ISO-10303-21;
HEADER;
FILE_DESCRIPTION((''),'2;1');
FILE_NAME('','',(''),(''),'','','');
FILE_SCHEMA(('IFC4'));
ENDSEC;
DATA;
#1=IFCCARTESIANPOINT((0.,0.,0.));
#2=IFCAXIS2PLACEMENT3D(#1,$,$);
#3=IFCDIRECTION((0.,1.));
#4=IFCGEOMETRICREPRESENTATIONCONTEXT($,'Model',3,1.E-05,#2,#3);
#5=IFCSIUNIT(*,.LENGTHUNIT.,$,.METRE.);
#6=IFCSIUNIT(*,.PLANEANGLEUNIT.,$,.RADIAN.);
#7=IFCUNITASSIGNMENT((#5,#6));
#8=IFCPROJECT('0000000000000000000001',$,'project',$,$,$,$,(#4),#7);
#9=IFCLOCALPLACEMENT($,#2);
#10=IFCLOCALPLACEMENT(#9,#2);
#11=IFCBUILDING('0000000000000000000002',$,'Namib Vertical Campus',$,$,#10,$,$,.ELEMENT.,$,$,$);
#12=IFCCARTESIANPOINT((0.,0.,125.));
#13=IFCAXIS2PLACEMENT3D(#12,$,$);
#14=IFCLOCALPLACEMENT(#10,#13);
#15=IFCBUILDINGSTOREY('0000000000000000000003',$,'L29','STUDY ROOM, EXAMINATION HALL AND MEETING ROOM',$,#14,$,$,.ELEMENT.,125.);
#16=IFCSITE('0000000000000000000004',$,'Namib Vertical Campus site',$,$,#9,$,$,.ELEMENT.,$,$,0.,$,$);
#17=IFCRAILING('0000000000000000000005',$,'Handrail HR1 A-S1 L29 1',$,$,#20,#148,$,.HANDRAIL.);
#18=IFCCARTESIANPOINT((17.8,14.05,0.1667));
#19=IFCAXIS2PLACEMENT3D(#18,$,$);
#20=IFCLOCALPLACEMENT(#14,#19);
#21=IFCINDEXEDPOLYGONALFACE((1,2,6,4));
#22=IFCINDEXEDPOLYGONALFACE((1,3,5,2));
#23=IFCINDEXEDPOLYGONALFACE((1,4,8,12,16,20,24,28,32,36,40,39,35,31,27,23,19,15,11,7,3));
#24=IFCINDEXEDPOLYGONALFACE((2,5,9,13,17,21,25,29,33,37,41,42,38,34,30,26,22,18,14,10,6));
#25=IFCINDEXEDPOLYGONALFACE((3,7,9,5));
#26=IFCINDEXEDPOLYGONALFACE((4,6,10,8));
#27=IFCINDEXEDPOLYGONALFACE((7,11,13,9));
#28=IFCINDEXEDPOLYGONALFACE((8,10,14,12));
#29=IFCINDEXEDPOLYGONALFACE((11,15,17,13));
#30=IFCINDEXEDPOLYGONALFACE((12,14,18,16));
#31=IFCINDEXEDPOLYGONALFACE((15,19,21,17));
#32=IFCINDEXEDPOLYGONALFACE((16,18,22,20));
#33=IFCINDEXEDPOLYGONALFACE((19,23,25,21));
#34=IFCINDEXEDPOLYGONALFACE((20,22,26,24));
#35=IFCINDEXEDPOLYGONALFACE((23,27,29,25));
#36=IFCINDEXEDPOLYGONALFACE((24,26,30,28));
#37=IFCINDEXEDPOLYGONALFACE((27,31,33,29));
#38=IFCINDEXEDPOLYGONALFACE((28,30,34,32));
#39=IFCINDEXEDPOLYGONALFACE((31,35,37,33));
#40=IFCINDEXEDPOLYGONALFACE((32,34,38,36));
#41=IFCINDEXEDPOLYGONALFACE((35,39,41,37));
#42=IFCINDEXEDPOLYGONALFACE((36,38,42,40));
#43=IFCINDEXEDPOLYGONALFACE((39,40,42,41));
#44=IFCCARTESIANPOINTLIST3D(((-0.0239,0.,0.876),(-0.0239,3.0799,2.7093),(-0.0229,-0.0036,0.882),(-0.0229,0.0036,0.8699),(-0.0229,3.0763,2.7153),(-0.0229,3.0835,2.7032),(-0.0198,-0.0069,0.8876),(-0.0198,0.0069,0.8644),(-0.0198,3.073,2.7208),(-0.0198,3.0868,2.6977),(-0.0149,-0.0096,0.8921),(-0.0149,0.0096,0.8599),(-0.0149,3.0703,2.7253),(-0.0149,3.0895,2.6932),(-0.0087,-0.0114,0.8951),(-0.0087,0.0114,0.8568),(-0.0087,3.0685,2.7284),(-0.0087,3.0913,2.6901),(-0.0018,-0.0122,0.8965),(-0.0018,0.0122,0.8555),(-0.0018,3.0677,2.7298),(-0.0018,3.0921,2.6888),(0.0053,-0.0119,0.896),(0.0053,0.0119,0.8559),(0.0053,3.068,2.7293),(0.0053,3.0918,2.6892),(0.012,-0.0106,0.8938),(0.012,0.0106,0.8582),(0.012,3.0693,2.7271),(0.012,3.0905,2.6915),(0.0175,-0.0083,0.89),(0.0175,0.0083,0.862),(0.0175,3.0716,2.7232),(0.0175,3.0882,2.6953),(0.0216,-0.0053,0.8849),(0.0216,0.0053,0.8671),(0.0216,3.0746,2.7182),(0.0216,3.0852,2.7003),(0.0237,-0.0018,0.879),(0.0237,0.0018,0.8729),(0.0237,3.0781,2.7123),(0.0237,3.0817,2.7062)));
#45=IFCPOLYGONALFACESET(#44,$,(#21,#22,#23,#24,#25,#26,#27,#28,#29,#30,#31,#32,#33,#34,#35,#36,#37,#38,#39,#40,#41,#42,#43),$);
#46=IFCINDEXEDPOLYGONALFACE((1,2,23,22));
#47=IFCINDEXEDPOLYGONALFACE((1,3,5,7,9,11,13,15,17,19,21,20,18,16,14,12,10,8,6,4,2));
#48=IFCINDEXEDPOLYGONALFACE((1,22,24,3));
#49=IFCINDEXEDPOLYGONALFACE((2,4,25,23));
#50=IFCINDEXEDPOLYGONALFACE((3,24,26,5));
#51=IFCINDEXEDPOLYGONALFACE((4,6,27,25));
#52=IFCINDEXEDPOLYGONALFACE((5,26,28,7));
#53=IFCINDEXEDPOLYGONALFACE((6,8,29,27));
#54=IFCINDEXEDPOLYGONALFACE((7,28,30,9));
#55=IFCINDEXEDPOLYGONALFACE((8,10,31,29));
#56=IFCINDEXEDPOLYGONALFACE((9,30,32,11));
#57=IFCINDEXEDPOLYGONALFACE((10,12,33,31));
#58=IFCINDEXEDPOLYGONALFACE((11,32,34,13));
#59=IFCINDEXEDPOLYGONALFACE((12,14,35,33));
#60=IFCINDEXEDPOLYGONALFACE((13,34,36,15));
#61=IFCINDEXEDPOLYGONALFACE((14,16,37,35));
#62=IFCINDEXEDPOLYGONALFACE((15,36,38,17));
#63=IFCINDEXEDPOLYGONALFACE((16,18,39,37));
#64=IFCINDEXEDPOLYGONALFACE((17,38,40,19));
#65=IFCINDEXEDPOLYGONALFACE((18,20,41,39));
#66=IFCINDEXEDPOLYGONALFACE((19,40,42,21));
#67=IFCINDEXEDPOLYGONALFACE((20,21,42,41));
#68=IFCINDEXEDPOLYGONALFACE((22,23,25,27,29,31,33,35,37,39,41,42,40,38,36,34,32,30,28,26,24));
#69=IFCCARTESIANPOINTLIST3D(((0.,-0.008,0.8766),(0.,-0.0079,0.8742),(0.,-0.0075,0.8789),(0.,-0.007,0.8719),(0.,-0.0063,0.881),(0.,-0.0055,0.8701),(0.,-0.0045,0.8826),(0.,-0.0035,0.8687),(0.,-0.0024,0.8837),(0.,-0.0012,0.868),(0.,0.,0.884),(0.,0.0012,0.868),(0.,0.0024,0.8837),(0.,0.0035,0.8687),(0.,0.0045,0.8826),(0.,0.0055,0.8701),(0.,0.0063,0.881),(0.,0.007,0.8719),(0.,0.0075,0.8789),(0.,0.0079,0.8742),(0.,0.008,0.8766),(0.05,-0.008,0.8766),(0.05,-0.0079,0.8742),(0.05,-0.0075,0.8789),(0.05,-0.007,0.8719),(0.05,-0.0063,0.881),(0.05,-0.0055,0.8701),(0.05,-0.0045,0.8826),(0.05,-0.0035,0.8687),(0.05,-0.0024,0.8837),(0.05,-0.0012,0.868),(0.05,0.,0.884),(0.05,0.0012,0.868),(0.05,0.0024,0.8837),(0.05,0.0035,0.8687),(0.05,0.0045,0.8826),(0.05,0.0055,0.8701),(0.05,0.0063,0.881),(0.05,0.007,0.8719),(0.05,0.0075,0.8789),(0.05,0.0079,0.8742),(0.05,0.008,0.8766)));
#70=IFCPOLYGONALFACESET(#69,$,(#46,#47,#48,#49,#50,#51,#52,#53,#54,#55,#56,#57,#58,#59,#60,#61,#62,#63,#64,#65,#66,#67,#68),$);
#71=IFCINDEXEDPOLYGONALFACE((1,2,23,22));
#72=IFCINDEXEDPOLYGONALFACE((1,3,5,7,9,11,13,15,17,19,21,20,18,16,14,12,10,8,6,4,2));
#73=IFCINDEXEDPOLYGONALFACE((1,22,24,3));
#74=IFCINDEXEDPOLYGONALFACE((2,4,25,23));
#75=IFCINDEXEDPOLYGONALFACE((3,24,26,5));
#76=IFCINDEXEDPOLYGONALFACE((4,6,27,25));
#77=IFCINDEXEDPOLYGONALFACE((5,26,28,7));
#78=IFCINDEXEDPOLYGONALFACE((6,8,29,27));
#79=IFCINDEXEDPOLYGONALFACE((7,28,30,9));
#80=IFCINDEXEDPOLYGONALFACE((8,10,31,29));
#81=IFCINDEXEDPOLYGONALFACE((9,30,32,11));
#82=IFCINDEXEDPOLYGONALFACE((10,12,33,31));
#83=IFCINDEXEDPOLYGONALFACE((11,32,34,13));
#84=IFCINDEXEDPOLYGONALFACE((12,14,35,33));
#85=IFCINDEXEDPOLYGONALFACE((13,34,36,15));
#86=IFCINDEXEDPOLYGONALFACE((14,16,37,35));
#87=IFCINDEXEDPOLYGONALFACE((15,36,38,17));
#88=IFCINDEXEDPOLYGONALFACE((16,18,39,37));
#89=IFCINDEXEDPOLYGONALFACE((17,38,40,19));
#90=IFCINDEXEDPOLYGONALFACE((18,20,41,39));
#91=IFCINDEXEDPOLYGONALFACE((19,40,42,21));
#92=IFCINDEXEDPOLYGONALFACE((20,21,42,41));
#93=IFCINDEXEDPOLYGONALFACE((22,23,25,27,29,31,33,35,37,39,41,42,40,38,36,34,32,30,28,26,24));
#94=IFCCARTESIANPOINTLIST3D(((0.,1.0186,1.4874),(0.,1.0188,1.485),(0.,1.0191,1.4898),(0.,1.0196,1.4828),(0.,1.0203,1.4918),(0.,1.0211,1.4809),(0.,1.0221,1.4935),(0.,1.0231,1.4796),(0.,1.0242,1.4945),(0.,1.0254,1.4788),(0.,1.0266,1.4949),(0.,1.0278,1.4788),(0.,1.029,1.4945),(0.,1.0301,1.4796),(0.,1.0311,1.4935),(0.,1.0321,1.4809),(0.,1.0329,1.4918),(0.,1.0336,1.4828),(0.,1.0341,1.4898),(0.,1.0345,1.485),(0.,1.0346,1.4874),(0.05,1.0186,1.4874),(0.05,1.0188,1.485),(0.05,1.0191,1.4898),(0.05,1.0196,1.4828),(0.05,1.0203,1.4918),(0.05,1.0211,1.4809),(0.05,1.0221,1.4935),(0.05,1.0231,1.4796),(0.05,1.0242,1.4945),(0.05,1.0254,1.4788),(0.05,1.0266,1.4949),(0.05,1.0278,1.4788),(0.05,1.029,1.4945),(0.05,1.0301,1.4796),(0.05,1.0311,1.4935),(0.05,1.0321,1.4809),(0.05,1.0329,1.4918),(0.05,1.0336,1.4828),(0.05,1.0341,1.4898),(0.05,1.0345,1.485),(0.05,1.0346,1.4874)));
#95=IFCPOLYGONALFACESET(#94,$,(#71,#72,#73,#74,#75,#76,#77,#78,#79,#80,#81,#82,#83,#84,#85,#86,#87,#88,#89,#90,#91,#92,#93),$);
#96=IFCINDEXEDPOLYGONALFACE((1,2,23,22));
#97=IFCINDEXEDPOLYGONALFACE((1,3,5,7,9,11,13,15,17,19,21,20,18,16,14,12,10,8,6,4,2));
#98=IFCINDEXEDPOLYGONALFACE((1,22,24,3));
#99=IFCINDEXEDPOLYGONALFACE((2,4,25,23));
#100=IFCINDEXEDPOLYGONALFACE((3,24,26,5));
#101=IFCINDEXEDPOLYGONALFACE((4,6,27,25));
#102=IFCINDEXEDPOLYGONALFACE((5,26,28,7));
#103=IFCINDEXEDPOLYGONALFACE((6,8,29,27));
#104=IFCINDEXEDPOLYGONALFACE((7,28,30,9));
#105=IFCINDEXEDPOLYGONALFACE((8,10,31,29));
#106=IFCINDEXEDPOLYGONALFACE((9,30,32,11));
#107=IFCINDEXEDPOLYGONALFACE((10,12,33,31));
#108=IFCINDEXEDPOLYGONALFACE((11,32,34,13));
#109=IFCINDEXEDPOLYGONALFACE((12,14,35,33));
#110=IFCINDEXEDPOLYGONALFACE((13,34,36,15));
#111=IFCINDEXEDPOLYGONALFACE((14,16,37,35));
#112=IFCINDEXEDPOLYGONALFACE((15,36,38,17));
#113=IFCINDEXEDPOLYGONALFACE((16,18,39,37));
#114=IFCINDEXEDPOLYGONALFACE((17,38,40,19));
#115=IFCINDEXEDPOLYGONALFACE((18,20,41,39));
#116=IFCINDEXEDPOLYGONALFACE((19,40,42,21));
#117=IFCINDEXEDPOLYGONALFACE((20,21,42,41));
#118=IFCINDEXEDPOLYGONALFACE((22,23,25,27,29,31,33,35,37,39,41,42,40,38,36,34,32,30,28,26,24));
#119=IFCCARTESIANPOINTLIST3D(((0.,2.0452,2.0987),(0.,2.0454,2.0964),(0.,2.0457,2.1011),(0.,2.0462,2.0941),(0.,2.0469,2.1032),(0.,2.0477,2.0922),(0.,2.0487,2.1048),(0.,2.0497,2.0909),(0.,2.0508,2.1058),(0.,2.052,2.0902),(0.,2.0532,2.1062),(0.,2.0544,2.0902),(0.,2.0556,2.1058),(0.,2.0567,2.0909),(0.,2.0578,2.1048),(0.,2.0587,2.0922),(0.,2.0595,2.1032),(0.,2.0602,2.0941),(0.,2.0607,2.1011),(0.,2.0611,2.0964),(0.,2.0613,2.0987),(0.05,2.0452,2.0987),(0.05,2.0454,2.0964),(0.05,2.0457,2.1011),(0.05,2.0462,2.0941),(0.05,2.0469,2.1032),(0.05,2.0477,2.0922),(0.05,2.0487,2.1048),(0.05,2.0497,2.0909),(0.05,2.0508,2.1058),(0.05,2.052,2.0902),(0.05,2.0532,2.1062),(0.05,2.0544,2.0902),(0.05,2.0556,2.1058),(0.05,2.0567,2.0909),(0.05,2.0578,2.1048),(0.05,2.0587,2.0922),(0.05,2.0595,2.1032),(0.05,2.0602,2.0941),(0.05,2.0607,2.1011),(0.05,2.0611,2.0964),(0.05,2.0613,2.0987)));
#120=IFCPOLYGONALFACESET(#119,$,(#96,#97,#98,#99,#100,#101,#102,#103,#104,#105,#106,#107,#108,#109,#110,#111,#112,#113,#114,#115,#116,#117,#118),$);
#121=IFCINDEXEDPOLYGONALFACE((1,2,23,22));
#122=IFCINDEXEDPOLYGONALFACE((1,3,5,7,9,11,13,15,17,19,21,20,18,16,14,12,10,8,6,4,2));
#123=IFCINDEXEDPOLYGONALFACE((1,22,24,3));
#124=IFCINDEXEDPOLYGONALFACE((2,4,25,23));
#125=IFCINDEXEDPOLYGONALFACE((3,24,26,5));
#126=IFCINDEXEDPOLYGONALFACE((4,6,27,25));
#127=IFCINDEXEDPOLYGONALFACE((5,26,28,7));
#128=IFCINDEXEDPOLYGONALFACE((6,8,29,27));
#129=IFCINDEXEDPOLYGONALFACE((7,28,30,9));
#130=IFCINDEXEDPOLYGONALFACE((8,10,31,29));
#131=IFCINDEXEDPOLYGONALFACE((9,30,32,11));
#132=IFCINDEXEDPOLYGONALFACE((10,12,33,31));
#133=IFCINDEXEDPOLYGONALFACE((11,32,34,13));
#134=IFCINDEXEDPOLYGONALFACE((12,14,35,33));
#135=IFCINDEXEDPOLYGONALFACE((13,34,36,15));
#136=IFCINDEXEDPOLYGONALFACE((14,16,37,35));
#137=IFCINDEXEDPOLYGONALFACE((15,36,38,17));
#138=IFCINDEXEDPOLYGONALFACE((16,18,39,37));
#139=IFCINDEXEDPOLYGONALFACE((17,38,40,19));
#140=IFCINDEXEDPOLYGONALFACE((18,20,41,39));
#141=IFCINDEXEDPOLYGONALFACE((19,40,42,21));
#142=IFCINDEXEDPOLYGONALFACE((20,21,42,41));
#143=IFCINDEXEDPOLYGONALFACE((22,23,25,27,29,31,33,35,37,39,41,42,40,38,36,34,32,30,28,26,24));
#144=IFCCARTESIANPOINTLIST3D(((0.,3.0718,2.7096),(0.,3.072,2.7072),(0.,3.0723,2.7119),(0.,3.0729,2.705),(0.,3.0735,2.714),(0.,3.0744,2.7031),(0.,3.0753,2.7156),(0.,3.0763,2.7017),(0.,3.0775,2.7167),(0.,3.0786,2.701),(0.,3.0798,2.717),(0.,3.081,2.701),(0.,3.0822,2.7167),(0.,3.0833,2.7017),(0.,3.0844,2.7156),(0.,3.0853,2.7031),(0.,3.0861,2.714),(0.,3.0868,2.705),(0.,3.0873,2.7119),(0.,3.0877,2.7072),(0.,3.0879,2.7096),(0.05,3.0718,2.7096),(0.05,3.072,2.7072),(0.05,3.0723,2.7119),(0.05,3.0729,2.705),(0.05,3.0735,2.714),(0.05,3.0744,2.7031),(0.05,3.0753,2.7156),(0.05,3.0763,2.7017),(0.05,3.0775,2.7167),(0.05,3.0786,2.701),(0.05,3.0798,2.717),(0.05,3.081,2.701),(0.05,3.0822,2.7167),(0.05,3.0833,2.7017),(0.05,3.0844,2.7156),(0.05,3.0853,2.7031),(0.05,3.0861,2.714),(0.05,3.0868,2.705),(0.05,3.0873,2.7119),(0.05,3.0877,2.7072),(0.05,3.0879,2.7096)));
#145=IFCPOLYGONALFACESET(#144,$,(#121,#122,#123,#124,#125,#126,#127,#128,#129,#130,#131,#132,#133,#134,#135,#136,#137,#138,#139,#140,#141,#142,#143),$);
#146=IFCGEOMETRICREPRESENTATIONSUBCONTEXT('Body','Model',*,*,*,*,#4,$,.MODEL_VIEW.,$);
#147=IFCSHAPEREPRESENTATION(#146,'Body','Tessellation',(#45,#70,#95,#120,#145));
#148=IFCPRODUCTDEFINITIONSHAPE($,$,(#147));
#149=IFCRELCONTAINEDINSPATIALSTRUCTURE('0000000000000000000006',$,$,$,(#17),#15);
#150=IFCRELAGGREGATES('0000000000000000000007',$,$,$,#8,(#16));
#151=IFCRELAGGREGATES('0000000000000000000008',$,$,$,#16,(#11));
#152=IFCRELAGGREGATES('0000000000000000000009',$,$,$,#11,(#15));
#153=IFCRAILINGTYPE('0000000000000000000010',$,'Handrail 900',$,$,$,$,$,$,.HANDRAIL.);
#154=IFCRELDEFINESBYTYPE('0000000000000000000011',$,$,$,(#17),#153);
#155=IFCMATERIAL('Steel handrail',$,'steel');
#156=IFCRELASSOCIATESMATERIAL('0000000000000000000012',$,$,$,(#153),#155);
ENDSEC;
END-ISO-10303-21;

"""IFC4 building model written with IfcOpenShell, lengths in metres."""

from ifc_helpers import new_model, si_unit, direction, frame, origin, origin_2d, place, context, subcontext, project, spatial, circle, extrude, material, type_object, element, save


model = new_model("IFC4")

# Units and contexts
model_context = context("Model", 3, precision=1e-05, world=origin(), true_north=direction((0.0, 1.0)))
body_context = subcontext(model_context, "Body", "Model", "MODEL_VIEW")
ifc_project = project(units=[si_unit("LENGTHUNIT", "METRE"), si_unit("PLANEANGLEUNIT", "RADIAN")], contexts=[model_context])

# Site, building, storey
site_placement = place(None, origin())
site = spatial("IfcSite", under=ifc_project, at=site_placement, Name="Namib Vertical Campus site", CompositionType="ELEMENT", RefElevation=0.0)
building_placement = place(site_placement, origin())
building = spatial("IfcBuilding", under=site, at=building_placement, Name="Namib Vertical Campus", CompositionType="ELEMENT")
storey_placement = place(building_placement, frame((0.0, 0.0, 125.0)))
storey = spatial("IfcBuildingStorey", under=building, at=storey_placement, Name="L29", Description="STUDY ROOM, EXAMINATION HALL AND MEETING ROOM", CompositionType="ELEMENT", Elevation=125.0)

# Railing
ifc_material_1 = material(Name="Steel handrail", Category="steel")
railing_type_1 = type_object("IfcRailingType", Name="Handrail 900", PredefinedType="HANDRAIL", material=ifc_material_1)
railing_1_placement = place(storey_placement, frame((17.8, 14.05, 0.1667)))
element("IfcRailing", 1, at=railing_1_placement, inside=storey, type_object=railing_type_1, Name="Handrail HR1 A-S1 L29 1", PredefinedType="HANDRAIL", context=body_context, shape_type="SweptSolid", body=[
    extrude(circle(Radius=0.0239, at=origin_2d()), frame((0.0, 0.0, 0.876), z_axis=(0.0, 0.859291, 0.511487), x_axis=(-1.0, 0.0, 0.0)), (0.0, 0.0, 1.0), 3.5842),
    extrude(circle(Radius=0.0081, at=origin_2d()), frame((0.0, 0.0, 0.876), z_axis=(1.0, 0.0, 0.0), x_axis=(0.0, 0.0, 1.0)), (0.0, 0.0, 1.0), 0.05),
    extrude(circle(Radius=0.0081, at=origin_2d()), frame((0.0, 1.0266, 1.4868), z_axis=(1.0, 0.0, 0.0), x_axis=(0.0, 0.0, 1.0)), (0.0, 0.0, 1.0), 0.05),
    extrude(circle(Radius=0.0081, at=origin_2d()), frame((0.0, 2.0532, 2.0981), z_axis=(1.0, 0.0, 0.0), x_axis=(0.0, 0.0, 1.0)), (0.0, 0.0, 1.0), 0.05),
    extrude(circle(Radius=0.0081, at=origin_2d()), frame((0.0, 3.0798, 2.709), z_axis=(1.0, 0.0, 0.0), x_axis=(0.0, 0.0, 1.0)), (0.0, 0.0, 1.0), 0.05),
])

save(model, "model.ifc")
